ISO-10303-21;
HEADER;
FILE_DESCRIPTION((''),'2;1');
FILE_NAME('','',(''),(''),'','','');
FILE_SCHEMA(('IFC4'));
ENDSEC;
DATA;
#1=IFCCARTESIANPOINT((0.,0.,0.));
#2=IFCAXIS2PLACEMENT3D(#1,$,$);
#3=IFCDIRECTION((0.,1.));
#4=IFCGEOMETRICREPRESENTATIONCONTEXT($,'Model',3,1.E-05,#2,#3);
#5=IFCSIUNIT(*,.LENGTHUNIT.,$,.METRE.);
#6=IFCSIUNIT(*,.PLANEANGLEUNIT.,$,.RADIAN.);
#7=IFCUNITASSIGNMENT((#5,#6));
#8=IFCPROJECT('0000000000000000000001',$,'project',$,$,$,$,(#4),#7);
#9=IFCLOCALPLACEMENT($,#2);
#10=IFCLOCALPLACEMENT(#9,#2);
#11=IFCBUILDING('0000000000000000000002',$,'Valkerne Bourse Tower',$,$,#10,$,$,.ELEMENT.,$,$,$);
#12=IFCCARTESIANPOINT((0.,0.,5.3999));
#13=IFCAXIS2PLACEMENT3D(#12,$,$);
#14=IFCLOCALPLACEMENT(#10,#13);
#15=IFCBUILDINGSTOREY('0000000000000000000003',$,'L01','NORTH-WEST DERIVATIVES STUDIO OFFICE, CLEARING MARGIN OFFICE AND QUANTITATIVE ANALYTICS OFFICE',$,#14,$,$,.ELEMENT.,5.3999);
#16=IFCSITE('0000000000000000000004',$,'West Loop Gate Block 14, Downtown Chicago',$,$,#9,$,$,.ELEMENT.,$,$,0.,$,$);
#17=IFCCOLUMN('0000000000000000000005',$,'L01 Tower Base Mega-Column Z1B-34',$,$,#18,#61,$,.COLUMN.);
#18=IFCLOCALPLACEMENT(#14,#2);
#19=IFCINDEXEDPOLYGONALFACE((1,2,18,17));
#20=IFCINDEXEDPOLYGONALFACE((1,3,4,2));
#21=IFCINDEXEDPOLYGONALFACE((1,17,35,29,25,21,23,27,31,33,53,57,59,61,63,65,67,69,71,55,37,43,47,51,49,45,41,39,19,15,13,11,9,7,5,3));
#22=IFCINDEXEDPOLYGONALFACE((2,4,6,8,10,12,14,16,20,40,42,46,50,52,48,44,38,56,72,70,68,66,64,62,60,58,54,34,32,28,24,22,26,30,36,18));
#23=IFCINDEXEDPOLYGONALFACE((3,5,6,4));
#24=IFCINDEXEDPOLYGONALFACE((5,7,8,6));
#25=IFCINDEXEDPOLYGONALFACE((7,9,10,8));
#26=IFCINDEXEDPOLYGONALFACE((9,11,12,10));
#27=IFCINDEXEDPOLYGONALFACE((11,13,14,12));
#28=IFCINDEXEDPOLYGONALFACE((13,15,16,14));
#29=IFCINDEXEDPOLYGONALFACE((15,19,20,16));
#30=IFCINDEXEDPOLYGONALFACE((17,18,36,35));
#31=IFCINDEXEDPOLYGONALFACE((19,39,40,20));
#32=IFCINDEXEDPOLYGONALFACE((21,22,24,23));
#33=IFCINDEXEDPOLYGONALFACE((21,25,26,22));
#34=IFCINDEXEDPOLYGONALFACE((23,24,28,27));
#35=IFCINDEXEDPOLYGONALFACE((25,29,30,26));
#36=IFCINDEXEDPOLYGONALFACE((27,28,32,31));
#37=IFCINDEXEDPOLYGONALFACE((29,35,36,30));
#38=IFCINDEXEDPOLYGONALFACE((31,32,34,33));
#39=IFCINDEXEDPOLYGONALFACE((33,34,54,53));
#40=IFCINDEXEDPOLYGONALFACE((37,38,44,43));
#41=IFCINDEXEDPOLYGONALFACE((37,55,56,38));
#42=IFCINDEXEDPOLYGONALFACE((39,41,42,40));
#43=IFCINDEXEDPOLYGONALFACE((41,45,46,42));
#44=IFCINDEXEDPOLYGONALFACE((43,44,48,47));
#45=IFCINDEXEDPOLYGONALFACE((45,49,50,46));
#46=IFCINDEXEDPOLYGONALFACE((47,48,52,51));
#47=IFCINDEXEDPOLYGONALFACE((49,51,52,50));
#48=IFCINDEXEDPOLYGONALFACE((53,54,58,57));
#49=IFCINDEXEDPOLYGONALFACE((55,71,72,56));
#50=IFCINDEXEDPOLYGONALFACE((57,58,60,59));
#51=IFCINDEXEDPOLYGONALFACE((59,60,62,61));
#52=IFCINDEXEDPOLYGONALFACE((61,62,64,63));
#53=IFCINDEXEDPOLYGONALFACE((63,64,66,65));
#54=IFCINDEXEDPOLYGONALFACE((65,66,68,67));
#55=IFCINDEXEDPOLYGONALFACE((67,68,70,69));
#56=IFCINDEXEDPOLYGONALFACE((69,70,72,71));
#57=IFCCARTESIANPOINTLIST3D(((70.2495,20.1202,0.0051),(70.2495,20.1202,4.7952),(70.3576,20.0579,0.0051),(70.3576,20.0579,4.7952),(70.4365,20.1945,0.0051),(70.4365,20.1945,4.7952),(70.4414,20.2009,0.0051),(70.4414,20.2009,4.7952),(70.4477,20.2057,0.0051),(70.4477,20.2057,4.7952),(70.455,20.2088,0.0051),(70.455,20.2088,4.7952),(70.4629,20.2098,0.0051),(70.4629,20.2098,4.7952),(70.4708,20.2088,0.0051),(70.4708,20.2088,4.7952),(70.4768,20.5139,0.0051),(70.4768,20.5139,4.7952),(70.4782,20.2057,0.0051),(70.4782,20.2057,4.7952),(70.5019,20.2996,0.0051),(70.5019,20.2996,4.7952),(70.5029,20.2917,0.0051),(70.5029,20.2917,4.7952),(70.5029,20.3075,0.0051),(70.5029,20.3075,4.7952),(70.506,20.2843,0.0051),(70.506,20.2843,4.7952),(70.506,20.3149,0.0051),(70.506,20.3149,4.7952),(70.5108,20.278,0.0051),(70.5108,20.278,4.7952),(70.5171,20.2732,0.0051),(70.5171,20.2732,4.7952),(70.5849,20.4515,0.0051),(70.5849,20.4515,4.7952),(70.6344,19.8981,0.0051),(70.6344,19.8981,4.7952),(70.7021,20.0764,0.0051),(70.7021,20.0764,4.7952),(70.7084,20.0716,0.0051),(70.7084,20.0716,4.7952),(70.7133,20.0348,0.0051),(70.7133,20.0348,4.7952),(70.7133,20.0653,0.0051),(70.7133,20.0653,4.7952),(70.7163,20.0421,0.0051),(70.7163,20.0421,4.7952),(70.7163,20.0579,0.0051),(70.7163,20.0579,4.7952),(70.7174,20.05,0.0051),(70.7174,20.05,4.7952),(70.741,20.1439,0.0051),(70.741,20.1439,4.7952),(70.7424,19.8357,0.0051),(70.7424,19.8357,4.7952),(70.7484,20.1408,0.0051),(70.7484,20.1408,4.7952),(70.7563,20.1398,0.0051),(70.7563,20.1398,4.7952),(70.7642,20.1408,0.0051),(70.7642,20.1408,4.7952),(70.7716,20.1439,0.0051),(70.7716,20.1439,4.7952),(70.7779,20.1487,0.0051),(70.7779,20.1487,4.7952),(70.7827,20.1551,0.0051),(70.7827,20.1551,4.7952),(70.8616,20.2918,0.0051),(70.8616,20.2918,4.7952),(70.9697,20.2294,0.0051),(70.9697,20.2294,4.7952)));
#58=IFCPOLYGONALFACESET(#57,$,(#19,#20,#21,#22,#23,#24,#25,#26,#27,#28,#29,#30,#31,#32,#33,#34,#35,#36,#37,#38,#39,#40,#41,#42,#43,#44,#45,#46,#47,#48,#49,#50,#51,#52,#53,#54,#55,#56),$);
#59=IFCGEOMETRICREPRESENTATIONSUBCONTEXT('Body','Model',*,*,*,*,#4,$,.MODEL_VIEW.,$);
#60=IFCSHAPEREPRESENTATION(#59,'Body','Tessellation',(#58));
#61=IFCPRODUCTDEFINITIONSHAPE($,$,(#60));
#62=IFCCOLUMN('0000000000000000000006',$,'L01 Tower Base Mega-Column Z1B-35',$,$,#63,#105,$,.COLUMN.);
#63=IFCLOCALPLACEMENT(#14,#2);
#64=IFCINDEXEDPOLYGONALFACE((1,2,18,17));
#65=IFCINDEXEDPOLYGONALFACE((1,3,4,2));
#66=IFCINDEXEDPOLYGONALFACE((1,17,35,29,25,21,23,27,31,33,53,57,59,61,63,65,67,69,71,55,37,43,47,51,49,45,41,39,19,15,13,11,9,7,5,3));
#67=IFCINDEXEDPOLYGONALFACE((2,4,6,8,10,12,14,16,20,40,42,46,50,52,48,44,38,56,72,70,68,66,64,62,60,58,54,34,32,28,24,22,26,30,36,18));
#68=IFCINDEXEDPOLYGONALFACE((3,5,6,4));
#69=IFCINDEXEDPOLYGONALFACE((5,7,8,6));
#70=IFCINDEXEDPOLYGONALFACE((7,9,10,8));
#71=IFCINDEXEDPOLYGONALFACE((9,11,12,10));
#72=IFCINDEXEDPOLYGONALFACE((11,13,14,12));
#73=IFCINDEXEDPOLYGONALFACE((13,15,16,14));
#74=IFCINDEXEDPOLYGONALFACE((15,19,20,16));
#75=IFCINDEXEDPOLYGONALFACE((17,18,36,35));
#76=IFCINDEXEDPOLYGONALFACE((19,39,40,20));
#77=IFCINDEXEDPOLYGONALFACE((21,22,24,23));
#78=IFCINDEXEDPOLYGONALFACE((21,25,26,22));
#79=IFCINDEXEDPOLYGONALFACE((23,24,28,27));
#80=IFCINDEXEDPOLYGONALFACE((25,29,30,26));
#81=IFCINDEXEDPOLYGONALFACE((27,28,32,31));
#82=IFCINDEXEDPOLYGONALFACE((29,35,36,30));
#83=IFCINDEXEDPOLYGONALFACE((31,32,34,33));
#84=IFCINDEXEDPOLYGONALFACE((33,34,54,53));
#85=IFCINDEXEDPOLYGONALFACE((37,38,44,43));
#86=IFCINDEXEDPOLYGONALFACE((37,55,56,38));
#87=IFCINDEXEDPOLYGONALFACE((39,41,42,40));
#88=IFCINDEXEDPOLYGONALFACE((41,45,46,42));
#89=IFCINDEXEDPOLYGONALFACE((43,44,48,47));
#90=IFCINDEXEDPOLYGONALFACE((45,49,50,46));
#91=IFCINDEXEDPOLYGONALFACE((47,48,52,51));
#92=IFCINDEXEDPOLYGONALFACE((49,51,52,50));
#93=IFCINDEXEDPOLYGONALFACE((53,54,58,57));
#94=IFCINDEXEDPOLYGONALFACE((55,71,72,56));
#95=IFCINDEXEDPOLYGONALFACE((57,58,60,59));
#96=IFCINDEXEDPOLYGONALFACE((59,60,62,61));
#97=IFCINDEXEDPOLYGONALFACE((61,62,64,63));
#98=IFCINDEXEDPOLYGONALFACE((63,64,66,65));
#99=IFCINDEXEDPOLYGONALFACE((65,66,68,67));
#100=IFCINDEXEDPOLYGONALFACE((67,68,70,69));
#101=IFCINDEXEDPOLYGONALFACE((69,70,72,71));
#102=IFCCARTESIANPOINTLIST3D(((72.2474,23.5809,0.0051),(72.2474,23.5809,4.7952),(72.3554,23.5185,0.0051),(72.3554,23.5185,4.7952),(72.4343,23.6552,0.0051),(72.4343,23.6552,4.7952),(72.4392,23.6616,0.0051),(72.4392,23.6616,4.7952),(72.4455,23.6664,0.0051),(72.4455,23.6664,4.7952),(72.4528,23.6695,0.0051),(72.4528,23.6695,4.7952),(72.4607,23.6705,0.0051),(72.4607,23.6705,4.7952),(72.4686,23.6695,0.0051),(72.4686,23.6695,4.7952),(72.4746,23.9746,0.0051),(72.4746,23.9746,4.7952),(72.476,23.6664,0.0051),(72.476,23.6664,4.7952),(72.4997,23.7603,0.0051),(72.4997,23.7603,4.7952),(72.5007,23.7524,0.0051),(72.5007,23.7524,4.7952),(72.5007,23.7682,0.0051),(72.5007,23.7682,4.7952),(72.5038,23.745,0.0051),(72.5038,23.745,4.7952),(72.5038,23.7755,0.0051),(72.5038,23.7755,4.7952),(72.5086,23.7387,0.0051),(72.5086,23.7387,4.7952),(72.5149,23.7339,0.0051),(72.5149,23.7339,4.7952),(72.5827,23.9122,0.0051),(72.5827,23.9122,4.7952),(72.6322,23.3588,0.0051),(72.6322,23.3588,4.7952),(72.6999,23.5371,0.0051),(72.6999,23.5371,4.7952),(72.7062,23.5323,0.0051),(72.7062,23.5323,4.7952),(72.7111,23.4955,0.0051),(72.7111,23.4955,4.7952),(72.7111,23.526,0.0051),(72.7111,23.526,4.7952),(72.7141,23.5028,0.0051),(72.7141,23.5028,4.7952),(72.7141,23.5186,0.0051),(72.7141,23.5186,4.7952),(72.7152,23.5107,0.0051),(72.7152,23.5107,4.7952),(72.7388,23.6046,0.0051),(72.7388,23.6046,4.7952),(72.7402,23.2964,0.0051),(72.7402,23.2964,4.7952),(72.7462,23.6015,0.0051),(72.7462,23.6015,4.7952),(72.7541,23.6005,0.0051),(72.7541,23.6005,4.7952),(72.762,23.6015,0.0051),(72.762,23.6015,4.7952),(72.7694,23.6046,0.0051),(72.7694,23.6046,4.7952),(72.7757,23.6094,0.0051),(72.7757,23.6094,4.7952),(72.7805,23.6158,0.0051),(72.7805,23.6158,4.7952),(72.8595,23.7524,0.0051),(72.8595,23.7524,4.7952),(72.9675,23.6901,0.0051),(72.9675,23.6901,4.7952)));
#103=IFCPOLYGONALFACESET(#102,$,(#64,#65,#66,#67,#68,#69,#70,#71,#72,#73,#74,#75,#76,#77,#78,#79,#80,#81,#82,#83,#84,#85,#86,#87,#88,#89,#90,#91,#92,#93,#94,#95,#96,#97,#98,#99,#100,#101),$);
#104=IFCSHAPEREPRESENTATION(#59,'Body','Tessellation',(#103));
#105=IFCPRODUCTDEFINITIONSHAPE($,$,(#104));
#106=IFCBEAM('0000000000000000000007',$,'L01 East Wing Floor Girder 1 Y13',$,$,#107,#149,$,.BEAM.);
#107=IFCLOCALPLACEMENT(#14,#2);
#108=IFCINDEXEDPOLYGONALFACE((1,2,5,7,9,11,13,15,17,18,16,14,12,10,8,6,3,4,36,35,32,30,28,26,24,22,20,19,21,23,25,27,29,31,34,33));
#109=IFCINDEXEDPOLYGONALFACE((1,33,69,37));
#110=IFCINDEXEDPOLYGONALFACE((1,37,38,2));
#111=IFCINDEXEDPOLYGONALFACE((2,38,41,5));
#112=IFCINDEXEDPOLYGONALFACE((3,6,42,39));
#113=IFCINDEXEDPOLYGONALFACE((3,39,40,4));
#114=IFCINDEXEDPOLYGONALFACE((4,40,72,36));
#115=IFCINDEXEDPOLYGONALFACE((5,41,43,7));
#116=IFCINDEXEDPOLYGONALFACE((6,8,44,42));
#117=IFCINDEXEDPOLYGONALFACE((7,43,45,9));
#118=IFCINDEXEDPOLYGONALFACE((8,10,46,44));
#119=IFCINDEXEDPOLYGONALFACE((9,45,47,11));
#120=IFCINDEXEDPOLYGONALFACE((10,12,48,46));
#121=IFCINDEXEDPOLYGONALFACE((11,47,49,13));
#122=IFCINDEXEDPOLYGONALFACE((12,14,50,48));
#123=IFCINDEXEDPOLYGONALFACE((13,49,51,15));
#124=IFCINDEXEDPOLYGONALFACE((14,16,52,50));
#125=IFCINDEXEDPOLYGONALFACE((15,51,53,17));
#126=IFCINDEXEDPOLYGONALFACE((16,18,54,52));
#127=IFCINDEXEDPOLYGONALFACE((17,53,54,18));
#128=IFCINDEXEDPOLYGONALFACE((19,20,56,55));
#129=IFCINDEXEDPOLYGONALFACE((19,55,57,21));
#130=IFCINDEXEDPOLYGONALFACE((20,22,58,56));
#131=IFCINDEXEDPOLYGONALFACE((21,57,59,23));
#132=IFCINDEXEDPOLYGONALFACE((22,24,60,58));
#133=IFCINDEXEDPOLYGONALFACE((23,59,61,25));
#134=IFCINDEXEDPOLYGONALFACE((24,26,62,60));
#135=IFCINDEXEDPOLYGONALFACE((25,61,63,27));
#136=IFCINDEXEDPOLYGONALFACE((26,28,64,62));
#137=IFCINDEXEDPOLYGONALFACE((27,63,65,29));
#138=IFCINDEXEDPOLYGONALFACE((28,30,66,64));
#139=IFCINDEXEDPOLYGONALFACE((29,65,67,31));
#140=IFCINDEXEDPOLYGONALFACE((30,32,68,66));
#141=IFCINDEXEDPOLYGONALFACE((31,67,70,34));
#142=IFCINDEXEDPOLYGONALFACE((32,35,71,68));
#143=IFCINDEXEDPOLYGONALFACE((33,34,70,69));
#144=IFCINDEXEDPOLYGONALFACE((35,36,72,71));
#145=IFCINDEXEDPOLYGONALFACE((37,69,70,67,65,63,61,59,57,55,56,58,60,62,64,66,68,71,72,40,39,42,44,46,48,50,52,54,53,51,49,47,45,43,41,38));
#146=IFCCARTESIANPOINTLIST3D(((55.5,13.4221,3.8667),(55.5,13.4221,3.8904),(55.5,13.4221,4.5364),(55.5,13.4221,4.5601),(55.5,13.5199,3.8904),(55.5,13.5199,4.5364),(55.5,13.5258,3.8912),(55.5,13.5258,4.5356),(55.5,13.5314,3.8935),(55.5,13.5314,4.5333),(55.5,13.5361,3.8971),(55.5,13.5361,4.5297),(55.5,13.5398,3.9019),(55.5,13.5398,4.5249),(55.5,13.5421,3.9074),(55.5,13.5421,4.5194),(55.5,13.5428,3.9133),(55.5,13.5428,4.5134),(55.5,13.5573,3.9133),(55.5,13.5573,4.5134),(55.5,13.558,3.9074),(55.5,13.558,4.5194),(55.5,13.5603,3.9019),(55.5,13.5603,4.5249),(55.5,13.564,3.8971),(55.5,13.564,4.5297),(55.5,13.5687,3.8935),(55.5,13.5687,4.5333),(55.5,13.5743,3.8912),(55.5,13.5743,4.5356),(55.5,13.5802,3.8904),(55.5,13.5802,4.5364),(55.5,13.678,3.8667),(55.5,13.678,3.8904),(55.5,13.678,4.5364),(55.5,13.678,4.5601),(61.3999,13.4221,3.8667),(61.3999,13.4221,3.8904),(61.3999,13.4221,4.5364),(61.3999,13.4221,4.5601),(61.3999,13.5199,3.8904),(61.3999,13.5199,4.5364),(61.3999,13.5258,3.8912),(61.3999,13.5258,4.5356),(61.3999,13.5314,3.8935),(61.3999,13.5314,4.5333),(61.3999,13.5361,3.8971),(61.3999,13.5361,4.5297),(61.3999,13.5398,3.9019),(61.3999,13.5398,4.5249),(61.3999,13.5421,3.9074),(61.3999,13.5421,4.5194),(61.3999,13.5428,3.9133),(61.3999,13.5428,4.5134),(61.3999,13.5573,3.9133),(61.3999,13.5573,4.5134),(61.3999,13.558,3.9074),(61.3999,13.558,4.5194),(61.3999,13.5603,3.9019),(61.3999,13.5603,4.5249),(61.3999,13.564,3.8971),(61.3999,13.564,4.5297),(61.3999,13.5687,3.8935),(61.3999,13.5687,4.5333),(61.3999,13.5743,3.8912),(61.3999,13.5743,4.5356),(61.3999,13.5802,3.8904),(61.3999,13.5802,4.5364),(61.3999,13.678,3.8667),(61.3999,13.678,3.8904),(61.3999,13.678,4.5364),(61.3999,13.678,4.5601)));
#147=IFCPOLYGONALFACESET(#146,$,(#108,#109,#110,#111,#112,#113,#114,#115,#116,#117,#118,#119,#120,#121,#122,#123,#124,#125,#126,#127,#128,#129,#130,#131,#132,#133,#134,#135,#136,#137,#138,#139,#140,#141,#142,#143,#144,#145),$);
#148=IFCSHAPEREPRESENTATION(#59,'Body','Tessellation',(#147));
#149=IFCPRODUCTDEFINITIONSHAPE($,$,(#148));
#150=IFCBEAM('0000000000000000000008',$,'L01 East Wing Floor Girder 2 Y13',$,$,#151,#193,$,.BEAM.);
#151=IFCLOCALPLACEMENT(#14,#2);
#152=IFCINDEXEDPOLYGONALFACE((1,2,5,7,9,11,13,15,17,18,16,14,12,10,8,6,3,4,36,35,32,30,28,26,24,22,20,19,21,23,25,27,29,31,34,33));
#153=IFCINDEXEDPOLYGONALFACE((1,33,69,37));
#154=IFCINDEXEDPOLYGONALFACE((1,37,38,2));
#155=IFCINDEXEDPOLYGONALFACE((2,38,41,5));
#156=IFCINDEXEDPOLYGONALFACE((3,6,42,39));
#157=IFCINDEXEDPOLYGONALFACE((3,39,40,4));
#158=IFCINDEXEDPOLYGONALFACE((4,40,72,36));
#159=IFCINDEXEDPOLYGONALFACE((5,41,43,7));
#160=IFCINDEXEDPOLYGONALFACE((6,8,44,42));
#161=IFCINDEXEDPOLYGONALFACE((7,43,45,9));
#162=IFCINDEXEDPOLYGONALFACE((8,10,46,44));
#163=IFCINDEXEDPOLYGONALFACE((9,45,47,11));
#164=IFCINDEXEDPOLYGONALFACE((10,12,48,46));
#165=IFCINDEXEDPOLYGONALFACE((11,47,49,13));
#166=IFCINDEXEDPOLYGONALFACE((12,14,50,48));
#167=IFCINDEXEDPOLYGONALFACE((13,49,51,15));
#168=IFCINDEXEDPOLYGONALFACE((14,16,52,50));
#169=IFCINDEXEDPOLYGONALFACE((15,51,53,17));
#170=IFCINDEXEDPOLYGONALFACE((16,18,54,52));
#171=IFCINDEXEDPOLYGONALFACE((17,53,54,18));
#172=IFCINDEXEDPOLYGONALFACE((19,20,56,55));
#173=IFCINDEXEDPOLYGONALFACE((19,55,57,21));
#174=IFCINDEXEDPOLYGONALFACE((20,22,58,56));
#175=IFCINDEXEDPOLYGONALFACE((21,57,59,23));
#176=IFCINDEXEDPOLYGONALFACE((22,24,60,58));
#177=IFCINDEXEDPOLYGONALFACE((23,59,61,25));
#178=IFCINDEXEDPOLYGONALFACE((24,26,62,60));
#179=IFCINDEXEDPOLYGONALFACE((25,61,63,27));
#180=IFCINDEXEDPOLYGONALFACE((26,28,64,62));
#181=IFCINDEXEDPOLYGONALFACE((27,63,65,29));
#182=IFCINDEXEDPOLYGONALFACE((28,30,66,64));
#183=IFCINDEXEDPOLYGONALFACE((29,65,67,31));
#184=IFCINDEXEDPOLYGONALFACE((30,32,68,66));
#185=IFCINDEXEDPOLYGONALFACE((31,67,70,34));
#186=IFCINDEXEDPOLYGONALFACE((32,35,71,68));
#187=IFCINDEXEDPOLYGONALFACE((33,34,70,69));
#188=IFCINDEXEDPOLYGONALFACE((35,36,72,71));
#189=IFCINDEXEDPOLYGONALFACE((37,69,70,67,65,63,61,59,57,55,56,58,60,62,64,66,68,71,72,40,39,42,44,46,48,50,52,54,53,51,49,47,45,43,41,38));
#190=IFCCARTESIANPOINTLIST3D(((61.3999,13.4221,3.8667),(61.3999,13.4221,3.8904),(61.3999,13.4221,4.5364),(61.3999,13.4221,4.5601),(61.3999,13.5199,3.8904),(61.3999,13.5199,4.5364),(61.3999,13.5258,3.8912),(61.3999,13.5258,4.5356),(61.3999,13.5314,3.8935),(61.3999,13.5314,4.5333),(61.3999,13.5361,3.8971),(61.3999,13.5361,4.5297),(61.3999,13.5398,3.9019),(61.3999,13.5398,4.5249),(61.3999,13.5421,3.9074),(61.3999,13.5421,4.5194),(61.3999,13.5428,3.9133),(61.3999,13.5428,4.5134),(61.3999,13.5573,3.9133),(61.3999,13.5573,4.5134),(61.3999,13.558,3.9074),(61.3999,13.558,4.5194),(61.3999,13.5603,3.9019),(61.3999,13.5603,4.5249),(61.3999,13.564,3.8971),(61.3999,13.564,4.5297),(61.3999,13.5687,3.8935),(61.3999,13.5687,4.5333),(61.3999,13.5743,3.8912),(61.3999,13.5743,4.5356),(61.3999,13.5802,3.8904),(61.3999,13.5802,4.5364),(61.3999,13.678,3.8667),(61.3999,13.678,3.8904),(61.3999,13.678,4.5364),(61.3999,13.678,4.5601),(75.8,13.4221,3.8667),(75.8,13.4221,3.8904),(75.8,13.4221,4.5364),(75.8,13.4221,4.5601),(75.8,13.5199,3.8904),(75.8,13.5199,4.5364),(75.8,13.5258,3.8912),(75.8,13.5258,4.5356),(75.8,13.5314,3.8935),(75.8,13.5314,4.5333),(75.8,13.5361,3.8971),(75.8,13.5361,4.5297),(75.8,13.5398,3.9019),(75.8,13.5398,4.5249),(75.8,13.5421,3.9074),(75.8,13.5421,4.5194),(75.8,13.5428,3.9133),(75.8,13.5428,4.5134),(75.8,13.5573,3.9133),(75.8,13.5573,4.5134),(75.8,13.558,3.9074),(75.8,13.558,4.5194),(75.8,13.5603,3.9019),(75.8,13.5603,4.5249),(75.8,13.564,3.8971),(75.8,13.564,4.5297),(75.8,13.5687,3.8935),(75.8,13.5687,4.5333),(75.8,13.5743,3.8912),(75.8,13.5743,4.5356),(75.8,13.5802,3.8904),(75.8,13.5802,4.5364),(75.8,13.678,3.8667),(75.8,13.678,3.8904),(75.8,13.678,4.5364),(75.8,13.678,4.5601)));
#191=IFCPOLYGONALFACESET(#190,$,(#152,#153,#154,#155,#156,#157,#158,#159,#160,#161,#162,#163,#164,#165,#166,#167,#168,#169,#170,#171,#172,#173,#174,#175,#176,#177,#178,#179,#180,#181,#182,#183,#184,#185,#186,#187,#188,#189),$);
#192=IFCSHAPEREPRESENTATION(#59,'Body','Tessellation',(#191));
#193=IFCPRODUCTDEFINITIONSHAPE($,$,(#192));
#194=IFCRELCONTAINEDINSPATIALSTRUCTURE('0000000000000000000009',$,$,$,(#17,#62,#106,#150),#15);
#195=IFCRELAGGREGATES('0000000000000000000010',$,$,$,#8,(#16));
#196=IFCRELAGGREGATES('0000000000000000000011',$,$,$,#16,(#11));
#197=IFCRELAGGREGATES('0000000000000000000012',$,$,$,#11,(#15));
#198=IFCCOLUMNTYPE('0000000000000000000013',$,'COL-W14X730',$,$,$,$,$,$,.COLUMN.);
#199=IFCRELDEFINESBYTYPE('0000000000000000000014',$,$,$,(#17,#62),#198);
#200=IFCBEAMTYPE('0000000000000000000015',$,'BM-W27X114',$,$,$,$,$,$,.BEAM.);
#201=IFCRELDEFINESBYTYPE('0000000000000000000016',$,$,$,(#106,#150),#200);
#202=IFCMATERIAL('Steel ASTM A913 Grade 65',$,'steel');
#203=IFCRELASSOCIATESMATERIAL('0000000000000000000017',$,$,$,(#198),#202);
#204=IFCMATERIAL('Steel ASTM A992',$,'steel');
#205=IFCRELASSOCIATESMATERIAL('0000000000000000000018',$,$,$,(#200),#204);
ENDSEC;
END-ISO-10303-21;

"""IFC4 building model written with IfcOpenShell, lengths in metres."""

from ifc_helpers import new_model, si_unit, direction, frame, origin, origin_2d, place, context, subcontext, project, spatial, i_section, extrude, material, material_profile, profile_set, type_object, element, save


model = new_model("IFC4")

# Units and contexts
model_context = context("Model", 3, precision=1e-05, world=origin(), true_north=direction((0.0, 1.0)))
body_context = subcontext(model_context, "Body", "Model", "MODEL_VIEW")
ifc_project = project(units=[si_unit("LENGTHUNIT", "METRE"), si_unit("PLANEANGLEUNIT", "RADIAN")], contexts=[model_context])

# Site, building, storey
site_placement = place(None, origin())
site = spatial("IfcSite", under=ifc_project, at=site_placement, Name="West Loop Gate Block 14, Downtown Chicago", CompositionType="ELEMENT", RefElevation=0.0)
building_placement = place(site_placement, origin())
building = spatial("IfcBuilding", under=site, at=building_placement, Name="Valkerne Bourse Tower", CompositionType="ELEMENT")
storey_placement = place(building_placement, frame((0.0, 0.0, 5.3999)))
storey = spatial("IfcBuildingStorey", under=building, at=storey_placement, Name="L01", Description="NORTH-WEST DERIVATIVES STUDIO OFFICE, CLEARING MARGIN OFFICE AND QUANTITATIVE ANALYTICS OFFICE", CompositionType="ELEMENT", Elevation=5.3999)

# Columns
ifc_material_1 = material(Name="Steel ASTM A913 Grade 65", Category="steel")
ifc_material_profile_1 = material_profile(ifc_material_1, i_section(OverallWidth=0.4546, OverallDepth=0.5691, WebThickness=0.0779, FlangeThickness=0.1248, FilletRadius=0.0305, at=origin_2d()), Name="W14X730")
ifc_profile_set_1 = profile_set([ifc_material_profile_1], Name="Steel ASTM A913 Grade 65")
column_type_1 = type_object("IfcColumnType", Name="COL-W14X730", PredefinedType="COLUMN", material=ifc_profile_set_1)
for number, where, z_axis, x_axis, name in (
    (1, (70.6096, 20.1748, 0.0051), (0.0, 0.0, 1.0), (0.5, 0.866025, 0.0), "L01 Tower Base Mega-Column Z1B-34"),
    (2, (72.6074, 23.6355, 0.0051), (0.0, 0.0, 1.0), (0.5, 0.866025, 0.0), "L01 Tower Base Mega-Column Z1B-35"),
):
    element("IfcColumn", number, at=place(storey_placement, frame(where, z_axis=z_axis, x_axis=x_axis)), inside=storey, type_object=column_type_1, Name=name, PredefinedType="COLUMN", context=body_context, shape_type="SweptSolid", body=[
        extrude(i_section(OverallWidth=0.4546, OverallDepth=0.5691, WebThickness=0.0779, FlangeThickness=0.1248, FilletRadius=0.0305, at=origin_2d()), origin(), (0.0, 0.0, 1.0), 4.79),
    ])

# Beams
ifc_material_2 = material(Name="Steel ASTM A992", Category="steel")
ifc_material_profile_2 = material_profile(ifc_material_2, i_section(OverallWidth=0.2559, OverallDepth=0.6934, WebThickness=0.0144, FlangeThickness=0.0237, FilletRadius=0.0229, at=origin_2d()), Name="W27X114")
ifc_profile_set_2 = profile_set([ifc_material_profile_2], Name="Steel ASTM A992")
beam_type = type_object("IfcBeamType", Name="BM-W27X114", PredefinedType="BEAM", material=ifc_profile_set_2)
beam_1_placement = place(storey_placement, frame((55.5, 13.55, 4.2134), z_axis=(1.0, 0.0, 0.0), x_axis=(0.0, 1.0, 0.0)))
element("IfcBeam", 3, at=beam_1_placement, inside=storey, type_object=beam_type, Name="L01 East Wing Floor Girder 1 Y13", PredefinedType="BEAM", context=body_context, shape_type="SweptSolid", body=[
    extrude(i_section(OverallWidth=0.2559, OverallDepth=0.6934, WebThickness=0.0144, FlangeThickness=0.0237, FilletRadius=0.0229, at=origin_2d()), origin(), (0.0, 0.0, 1.0), 5.8999),
])
beam_2_placement = place(storey_placement, frame((61.3999, 13.55, 4.2134), z_axis=(1.0, 0.0, 0.0), x_axis=(0.0, 1.0, 0.0)))
element("IfcBeam", 4, at=beam_2_placement, inside=storey, type_object=beam_type, Name="L01 East Wing Floor Girder 2 Y13", PredefinedType="BEAM", context=body_context, shape_type="SweptSolid", body=[
    extrude(i_section(OverallWidth=0.2559, OverallDepth=0.6934, WebThickness=0.0144, FlangeThickness=0.0237, FilletRadius=0.0229, at=origin_2d()), origin(), (0.0, 0.0, 1.0), 14.4001),
])

save(model, "model.ifc")
